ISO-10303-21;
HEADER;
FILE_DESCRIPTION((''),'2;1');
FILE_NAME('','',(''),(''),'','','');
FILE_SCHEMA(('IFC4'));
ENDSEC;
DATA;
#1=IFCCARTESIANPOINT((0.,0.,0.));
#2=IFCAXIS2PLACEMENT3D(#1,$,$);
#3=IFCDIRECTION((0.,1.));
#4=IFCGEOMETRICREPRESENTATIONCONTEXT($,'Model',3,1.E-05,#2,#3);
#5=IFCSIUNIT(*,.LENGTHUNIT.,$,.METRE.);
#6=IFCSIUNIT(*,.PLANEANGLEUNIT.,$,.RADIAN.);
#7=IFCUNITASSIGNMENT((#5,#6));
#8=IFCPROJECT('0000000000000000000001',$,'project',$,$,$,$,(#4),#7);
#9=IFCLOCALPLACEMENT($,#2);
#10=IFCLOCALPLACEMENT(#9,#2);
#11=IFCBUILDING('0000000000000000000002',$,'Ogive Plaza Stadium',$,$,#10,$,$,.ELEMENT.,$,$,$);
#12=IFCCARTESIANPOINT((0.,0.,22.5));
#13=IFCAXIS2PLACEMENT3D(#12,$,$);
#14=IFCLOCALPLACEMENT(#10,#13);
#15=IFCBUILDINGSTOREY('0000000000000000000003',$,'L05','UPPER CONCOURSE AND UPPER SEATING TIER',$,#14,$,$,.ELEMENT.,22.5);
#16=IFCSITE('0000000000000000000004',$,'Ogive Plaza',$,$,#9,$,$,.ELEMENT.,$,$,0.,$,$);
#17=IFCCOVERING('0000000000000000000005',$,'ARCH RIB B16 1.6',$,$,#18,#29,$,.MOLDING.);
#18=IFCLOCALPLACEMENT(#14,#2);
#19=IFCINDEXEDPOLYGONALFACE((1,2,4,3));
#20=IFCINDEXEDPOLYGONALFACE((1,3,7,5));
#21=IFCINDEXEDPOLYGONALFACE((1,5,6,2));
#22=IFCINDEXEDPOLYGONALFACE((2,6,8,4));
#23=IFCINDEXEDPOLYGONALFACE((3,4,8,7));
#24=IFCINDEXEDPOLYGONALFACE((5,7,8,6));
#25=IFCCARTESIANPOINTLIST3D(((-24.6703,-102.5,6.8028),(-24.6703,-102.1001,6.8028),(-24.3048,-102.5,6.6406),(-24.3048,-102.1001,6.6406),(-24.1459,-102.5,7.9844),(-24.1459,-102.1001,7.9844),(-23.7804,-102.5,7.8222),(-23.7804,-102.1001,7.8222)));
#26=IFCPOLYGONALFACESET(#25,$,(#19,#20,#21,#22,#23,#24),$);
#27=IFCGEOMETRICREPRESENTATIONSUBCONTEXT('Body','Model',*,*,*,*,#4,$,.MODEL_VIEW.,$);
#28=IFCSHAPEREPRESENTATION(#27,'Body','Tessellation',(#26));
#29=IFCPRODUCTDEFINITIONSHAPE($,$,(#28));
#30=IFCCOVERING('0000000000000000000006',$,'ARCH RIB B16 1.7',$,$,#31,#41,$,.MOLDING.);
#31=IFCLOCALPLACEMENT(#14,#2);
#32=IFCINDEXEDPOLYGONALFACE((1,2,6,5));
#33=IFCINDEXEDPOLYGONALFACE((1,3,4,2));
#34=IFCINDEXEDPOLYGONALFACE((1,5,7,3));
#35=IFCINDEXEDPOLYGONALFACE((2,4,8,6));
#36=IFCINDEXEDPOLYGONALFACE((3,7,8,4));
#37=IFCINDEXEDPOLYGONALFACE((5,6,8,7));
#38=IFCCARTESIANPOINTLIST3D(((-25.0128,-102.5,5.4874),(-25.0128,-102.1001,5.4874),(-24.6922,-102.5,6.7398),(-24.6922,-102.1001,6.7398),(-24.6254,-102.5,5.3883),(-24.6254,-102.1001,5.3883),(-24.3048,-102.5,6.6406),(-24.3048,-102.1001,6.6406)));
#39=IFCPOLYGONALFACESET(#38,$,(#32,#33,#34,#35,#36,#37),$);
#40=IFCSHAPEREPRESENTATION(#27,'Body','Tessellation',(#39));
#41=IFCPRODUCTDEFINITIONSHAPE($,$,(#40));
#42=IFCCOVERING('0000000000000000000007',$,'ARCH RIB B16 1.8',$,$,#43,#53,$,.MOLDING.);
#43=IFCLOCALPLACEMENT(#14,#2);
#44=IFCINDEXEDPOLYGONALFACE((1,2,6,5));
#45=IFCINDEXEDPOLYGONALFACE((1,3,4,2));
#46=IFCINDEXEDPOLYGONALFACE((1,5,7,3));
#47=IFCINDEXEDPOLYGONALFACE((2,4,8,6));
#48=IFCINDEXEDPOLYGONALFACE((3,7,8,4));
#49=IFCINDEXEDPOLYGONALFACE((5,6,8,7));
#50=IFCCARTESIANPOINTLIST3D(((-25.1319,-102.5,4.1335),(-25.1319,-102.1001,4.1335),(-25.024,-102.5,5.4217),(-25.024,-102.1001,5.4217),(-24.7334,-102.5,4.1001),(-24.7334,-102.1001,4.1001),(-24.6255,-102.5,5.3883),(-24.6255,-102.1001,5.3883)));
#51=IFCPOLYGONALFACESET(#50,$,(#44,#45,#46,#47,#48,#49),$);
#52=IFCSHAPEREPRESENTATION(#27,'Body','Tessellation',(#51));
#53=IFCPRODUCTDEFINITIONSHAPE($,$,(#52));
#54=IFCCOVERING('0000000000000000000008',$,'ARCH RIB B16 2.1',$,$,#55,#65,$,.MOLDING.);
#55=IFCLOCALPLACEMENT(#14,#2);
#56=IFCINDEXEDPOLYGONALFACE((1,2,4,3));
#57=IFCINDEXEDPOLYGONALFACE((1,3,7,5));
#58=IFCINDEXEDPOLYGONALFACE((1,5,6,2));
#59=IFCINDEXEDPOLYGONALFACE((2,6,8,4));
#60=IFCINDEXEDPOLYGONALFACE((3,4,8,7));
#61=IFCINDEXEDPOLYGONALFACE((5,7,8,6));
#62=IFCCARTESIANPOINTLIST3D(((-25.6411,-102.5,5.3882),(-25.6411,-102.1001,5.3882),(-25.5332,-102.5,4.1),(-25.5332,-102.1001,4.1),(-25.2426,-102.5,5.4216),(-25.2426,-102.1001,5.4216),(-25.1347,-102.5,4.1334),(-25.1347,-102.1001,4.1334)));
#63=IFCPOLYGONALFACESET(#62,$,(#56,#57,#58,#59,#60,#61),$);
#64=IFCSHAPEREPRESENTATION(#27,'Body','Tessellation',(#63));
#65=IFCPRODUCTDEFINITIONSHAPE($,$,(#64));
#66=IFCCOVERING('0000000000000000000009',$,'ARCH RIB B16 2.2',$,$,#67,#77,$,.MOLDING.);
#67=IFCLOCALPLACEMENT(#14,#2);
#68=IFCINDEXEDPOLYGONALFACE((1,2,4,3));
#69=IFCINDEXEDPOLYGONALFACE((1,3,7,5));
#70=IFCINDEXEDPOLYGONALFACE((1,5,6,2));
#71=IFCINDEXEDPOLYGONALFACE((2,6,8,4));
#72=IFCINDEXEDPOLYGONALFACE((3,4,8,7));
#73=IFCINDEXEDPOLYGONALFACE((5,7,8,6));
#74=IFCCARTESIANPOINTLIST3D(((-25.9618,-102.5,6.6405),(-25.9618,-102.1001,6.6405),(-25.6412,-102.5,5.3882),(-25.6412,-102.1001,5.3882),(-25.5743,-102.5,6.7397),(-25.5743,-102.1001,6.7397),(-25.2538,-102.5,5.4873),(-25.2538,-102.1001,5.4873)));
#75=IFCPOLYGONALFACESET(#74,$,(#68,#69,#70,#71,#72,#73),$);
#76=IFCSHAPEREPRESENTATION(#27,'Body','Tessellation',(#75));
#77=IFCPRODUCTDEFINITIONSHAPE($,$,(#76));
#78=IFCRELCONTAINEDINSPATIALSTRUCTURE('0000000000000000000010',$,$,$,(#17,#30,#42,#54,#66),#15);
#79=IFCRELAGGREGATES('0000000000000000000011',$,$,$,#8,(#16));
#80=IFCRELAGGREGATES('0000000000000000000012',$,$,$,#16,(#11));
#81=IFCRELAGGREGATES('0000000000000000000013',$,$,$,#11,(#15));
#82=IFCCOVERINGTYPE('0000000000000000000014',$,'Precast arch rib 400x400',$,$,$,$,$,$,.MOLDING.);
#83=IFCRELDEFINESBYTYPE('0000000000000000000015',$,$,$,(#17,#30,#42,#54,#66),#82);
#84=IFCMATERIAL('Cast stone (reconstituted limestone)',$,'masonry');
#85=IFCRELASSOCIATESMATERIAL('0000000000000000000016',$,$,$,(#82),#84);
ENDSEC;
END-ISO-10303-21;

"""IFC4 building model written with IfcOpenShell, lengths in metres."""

from ifc_helpers import new_model, si_unit, direction, frame, origin, origin_2d, place, context, subcontext, project, spatial, rectangle, extrude, material, material_profile, profile_set, type_object, element, save


model = new_model("IFC4")

# Units and contexts
model_context = context("Model", 3, precision=1e-05, world=origin(), true_north=direction((0.0, 1.0)))
body_context = subcontext(model_context, "Body", "Model", "MODEL_VIEW")
ifc_project = project(units=[si_unit("LENGTHUNIT", "METRE"), si_unit("PLANEANGLEUNIT", "RADIAN")], contexts=[model_context])

# Site, building, storey
site_placement = place(None, origin())
site = spatial("IfcSite", under=ifc_project, at=site_placement, Name="Ogive Plaza", CompositionType="ELEMENT", RefElevation=0.0)
building_placement = place(site_placement, origin())
building = spatial("IfcBuilding", under=site, at=building_placement, Name="Ogive Plaza Stadium", CompositionType="ELEMENT")
storey_placement = place(building_placement, frame((0.0, 0.0, 22.5)))
storey = spatial("IfcBuildingStorey", under=building, at=storey_placement, Name="L05", Description="UPPER CONCOURSE AND UPPER SEATING TIER", CompositionType="ELEMENT", Elevation=22.5)

# Coverings
ifc_material_1 = material(Name="Cast stone (reconstituted limestone)", Category="masonry")
ifc_material_profile_1 = material_profile(ifc_material_1, rectangle(XDim=0.3999, YDim=0.3999, at=origin_2d()), Name="Cast stone 400x400")
ifc_profile_set_1 = profile_set([ifc_material_profile_1], Name="Cast stone (reconstituted limestone)")
covering_type = type_object("IfcCoveringType", Name="Precast arch rib 400x400", PredefinedType="MOLDING", material=ifc_profile_set_1)
for number, where, z_axis, x_axis, name in (
    (1, (-23.9631, -102.3, 7.9033), (-0.405648, 0.0, -0.914029), (0.0, -1.0, 0.0), "ARCH RIB B16 1.6"),
    (2, (-24.4985, -102.3, 6.6902), (-0.247953, 0.0, -0.968772), (0.0, -1.0, 0.0), "ARCH RIB B16 1.7"),
    (3, (-24.8247, -102.3, 5.405), (-0.083467, 0.0, -0.996511), (0.0, -1.0, 0.0), "ARCH RIB B16 1.8"),
    (4, (-25.334, -102.3, 4.1167), (-0.083467, 0.0, 0.996511), (0.0, -1.0, 0.0), "ARCH RIB B16 2.1"),
    (5, (-25.4475, -102.3, 5.4377), (-0.247953, 0.0, 0.968772), (0.0, -1.0, 0.0), "ARCH RIB B16 2.2"),
):
    element("IfcCovering", number, at=place(storey_placement, frame(where, z_axis=z_axis, x_axis=x_axis)), inside=storey, type_object=covering_type, Name=name, PredefinedType="MOLDING", context=body_context, shape_type="SweptSolid", body=[
        extrude(rectangle(XDim=0.3999, YDim=0.3999, at=origin_2d()), origin(), (0.0, 0.0, 1.0), 1.2927),
    ])

save(model, "model.ifc")
